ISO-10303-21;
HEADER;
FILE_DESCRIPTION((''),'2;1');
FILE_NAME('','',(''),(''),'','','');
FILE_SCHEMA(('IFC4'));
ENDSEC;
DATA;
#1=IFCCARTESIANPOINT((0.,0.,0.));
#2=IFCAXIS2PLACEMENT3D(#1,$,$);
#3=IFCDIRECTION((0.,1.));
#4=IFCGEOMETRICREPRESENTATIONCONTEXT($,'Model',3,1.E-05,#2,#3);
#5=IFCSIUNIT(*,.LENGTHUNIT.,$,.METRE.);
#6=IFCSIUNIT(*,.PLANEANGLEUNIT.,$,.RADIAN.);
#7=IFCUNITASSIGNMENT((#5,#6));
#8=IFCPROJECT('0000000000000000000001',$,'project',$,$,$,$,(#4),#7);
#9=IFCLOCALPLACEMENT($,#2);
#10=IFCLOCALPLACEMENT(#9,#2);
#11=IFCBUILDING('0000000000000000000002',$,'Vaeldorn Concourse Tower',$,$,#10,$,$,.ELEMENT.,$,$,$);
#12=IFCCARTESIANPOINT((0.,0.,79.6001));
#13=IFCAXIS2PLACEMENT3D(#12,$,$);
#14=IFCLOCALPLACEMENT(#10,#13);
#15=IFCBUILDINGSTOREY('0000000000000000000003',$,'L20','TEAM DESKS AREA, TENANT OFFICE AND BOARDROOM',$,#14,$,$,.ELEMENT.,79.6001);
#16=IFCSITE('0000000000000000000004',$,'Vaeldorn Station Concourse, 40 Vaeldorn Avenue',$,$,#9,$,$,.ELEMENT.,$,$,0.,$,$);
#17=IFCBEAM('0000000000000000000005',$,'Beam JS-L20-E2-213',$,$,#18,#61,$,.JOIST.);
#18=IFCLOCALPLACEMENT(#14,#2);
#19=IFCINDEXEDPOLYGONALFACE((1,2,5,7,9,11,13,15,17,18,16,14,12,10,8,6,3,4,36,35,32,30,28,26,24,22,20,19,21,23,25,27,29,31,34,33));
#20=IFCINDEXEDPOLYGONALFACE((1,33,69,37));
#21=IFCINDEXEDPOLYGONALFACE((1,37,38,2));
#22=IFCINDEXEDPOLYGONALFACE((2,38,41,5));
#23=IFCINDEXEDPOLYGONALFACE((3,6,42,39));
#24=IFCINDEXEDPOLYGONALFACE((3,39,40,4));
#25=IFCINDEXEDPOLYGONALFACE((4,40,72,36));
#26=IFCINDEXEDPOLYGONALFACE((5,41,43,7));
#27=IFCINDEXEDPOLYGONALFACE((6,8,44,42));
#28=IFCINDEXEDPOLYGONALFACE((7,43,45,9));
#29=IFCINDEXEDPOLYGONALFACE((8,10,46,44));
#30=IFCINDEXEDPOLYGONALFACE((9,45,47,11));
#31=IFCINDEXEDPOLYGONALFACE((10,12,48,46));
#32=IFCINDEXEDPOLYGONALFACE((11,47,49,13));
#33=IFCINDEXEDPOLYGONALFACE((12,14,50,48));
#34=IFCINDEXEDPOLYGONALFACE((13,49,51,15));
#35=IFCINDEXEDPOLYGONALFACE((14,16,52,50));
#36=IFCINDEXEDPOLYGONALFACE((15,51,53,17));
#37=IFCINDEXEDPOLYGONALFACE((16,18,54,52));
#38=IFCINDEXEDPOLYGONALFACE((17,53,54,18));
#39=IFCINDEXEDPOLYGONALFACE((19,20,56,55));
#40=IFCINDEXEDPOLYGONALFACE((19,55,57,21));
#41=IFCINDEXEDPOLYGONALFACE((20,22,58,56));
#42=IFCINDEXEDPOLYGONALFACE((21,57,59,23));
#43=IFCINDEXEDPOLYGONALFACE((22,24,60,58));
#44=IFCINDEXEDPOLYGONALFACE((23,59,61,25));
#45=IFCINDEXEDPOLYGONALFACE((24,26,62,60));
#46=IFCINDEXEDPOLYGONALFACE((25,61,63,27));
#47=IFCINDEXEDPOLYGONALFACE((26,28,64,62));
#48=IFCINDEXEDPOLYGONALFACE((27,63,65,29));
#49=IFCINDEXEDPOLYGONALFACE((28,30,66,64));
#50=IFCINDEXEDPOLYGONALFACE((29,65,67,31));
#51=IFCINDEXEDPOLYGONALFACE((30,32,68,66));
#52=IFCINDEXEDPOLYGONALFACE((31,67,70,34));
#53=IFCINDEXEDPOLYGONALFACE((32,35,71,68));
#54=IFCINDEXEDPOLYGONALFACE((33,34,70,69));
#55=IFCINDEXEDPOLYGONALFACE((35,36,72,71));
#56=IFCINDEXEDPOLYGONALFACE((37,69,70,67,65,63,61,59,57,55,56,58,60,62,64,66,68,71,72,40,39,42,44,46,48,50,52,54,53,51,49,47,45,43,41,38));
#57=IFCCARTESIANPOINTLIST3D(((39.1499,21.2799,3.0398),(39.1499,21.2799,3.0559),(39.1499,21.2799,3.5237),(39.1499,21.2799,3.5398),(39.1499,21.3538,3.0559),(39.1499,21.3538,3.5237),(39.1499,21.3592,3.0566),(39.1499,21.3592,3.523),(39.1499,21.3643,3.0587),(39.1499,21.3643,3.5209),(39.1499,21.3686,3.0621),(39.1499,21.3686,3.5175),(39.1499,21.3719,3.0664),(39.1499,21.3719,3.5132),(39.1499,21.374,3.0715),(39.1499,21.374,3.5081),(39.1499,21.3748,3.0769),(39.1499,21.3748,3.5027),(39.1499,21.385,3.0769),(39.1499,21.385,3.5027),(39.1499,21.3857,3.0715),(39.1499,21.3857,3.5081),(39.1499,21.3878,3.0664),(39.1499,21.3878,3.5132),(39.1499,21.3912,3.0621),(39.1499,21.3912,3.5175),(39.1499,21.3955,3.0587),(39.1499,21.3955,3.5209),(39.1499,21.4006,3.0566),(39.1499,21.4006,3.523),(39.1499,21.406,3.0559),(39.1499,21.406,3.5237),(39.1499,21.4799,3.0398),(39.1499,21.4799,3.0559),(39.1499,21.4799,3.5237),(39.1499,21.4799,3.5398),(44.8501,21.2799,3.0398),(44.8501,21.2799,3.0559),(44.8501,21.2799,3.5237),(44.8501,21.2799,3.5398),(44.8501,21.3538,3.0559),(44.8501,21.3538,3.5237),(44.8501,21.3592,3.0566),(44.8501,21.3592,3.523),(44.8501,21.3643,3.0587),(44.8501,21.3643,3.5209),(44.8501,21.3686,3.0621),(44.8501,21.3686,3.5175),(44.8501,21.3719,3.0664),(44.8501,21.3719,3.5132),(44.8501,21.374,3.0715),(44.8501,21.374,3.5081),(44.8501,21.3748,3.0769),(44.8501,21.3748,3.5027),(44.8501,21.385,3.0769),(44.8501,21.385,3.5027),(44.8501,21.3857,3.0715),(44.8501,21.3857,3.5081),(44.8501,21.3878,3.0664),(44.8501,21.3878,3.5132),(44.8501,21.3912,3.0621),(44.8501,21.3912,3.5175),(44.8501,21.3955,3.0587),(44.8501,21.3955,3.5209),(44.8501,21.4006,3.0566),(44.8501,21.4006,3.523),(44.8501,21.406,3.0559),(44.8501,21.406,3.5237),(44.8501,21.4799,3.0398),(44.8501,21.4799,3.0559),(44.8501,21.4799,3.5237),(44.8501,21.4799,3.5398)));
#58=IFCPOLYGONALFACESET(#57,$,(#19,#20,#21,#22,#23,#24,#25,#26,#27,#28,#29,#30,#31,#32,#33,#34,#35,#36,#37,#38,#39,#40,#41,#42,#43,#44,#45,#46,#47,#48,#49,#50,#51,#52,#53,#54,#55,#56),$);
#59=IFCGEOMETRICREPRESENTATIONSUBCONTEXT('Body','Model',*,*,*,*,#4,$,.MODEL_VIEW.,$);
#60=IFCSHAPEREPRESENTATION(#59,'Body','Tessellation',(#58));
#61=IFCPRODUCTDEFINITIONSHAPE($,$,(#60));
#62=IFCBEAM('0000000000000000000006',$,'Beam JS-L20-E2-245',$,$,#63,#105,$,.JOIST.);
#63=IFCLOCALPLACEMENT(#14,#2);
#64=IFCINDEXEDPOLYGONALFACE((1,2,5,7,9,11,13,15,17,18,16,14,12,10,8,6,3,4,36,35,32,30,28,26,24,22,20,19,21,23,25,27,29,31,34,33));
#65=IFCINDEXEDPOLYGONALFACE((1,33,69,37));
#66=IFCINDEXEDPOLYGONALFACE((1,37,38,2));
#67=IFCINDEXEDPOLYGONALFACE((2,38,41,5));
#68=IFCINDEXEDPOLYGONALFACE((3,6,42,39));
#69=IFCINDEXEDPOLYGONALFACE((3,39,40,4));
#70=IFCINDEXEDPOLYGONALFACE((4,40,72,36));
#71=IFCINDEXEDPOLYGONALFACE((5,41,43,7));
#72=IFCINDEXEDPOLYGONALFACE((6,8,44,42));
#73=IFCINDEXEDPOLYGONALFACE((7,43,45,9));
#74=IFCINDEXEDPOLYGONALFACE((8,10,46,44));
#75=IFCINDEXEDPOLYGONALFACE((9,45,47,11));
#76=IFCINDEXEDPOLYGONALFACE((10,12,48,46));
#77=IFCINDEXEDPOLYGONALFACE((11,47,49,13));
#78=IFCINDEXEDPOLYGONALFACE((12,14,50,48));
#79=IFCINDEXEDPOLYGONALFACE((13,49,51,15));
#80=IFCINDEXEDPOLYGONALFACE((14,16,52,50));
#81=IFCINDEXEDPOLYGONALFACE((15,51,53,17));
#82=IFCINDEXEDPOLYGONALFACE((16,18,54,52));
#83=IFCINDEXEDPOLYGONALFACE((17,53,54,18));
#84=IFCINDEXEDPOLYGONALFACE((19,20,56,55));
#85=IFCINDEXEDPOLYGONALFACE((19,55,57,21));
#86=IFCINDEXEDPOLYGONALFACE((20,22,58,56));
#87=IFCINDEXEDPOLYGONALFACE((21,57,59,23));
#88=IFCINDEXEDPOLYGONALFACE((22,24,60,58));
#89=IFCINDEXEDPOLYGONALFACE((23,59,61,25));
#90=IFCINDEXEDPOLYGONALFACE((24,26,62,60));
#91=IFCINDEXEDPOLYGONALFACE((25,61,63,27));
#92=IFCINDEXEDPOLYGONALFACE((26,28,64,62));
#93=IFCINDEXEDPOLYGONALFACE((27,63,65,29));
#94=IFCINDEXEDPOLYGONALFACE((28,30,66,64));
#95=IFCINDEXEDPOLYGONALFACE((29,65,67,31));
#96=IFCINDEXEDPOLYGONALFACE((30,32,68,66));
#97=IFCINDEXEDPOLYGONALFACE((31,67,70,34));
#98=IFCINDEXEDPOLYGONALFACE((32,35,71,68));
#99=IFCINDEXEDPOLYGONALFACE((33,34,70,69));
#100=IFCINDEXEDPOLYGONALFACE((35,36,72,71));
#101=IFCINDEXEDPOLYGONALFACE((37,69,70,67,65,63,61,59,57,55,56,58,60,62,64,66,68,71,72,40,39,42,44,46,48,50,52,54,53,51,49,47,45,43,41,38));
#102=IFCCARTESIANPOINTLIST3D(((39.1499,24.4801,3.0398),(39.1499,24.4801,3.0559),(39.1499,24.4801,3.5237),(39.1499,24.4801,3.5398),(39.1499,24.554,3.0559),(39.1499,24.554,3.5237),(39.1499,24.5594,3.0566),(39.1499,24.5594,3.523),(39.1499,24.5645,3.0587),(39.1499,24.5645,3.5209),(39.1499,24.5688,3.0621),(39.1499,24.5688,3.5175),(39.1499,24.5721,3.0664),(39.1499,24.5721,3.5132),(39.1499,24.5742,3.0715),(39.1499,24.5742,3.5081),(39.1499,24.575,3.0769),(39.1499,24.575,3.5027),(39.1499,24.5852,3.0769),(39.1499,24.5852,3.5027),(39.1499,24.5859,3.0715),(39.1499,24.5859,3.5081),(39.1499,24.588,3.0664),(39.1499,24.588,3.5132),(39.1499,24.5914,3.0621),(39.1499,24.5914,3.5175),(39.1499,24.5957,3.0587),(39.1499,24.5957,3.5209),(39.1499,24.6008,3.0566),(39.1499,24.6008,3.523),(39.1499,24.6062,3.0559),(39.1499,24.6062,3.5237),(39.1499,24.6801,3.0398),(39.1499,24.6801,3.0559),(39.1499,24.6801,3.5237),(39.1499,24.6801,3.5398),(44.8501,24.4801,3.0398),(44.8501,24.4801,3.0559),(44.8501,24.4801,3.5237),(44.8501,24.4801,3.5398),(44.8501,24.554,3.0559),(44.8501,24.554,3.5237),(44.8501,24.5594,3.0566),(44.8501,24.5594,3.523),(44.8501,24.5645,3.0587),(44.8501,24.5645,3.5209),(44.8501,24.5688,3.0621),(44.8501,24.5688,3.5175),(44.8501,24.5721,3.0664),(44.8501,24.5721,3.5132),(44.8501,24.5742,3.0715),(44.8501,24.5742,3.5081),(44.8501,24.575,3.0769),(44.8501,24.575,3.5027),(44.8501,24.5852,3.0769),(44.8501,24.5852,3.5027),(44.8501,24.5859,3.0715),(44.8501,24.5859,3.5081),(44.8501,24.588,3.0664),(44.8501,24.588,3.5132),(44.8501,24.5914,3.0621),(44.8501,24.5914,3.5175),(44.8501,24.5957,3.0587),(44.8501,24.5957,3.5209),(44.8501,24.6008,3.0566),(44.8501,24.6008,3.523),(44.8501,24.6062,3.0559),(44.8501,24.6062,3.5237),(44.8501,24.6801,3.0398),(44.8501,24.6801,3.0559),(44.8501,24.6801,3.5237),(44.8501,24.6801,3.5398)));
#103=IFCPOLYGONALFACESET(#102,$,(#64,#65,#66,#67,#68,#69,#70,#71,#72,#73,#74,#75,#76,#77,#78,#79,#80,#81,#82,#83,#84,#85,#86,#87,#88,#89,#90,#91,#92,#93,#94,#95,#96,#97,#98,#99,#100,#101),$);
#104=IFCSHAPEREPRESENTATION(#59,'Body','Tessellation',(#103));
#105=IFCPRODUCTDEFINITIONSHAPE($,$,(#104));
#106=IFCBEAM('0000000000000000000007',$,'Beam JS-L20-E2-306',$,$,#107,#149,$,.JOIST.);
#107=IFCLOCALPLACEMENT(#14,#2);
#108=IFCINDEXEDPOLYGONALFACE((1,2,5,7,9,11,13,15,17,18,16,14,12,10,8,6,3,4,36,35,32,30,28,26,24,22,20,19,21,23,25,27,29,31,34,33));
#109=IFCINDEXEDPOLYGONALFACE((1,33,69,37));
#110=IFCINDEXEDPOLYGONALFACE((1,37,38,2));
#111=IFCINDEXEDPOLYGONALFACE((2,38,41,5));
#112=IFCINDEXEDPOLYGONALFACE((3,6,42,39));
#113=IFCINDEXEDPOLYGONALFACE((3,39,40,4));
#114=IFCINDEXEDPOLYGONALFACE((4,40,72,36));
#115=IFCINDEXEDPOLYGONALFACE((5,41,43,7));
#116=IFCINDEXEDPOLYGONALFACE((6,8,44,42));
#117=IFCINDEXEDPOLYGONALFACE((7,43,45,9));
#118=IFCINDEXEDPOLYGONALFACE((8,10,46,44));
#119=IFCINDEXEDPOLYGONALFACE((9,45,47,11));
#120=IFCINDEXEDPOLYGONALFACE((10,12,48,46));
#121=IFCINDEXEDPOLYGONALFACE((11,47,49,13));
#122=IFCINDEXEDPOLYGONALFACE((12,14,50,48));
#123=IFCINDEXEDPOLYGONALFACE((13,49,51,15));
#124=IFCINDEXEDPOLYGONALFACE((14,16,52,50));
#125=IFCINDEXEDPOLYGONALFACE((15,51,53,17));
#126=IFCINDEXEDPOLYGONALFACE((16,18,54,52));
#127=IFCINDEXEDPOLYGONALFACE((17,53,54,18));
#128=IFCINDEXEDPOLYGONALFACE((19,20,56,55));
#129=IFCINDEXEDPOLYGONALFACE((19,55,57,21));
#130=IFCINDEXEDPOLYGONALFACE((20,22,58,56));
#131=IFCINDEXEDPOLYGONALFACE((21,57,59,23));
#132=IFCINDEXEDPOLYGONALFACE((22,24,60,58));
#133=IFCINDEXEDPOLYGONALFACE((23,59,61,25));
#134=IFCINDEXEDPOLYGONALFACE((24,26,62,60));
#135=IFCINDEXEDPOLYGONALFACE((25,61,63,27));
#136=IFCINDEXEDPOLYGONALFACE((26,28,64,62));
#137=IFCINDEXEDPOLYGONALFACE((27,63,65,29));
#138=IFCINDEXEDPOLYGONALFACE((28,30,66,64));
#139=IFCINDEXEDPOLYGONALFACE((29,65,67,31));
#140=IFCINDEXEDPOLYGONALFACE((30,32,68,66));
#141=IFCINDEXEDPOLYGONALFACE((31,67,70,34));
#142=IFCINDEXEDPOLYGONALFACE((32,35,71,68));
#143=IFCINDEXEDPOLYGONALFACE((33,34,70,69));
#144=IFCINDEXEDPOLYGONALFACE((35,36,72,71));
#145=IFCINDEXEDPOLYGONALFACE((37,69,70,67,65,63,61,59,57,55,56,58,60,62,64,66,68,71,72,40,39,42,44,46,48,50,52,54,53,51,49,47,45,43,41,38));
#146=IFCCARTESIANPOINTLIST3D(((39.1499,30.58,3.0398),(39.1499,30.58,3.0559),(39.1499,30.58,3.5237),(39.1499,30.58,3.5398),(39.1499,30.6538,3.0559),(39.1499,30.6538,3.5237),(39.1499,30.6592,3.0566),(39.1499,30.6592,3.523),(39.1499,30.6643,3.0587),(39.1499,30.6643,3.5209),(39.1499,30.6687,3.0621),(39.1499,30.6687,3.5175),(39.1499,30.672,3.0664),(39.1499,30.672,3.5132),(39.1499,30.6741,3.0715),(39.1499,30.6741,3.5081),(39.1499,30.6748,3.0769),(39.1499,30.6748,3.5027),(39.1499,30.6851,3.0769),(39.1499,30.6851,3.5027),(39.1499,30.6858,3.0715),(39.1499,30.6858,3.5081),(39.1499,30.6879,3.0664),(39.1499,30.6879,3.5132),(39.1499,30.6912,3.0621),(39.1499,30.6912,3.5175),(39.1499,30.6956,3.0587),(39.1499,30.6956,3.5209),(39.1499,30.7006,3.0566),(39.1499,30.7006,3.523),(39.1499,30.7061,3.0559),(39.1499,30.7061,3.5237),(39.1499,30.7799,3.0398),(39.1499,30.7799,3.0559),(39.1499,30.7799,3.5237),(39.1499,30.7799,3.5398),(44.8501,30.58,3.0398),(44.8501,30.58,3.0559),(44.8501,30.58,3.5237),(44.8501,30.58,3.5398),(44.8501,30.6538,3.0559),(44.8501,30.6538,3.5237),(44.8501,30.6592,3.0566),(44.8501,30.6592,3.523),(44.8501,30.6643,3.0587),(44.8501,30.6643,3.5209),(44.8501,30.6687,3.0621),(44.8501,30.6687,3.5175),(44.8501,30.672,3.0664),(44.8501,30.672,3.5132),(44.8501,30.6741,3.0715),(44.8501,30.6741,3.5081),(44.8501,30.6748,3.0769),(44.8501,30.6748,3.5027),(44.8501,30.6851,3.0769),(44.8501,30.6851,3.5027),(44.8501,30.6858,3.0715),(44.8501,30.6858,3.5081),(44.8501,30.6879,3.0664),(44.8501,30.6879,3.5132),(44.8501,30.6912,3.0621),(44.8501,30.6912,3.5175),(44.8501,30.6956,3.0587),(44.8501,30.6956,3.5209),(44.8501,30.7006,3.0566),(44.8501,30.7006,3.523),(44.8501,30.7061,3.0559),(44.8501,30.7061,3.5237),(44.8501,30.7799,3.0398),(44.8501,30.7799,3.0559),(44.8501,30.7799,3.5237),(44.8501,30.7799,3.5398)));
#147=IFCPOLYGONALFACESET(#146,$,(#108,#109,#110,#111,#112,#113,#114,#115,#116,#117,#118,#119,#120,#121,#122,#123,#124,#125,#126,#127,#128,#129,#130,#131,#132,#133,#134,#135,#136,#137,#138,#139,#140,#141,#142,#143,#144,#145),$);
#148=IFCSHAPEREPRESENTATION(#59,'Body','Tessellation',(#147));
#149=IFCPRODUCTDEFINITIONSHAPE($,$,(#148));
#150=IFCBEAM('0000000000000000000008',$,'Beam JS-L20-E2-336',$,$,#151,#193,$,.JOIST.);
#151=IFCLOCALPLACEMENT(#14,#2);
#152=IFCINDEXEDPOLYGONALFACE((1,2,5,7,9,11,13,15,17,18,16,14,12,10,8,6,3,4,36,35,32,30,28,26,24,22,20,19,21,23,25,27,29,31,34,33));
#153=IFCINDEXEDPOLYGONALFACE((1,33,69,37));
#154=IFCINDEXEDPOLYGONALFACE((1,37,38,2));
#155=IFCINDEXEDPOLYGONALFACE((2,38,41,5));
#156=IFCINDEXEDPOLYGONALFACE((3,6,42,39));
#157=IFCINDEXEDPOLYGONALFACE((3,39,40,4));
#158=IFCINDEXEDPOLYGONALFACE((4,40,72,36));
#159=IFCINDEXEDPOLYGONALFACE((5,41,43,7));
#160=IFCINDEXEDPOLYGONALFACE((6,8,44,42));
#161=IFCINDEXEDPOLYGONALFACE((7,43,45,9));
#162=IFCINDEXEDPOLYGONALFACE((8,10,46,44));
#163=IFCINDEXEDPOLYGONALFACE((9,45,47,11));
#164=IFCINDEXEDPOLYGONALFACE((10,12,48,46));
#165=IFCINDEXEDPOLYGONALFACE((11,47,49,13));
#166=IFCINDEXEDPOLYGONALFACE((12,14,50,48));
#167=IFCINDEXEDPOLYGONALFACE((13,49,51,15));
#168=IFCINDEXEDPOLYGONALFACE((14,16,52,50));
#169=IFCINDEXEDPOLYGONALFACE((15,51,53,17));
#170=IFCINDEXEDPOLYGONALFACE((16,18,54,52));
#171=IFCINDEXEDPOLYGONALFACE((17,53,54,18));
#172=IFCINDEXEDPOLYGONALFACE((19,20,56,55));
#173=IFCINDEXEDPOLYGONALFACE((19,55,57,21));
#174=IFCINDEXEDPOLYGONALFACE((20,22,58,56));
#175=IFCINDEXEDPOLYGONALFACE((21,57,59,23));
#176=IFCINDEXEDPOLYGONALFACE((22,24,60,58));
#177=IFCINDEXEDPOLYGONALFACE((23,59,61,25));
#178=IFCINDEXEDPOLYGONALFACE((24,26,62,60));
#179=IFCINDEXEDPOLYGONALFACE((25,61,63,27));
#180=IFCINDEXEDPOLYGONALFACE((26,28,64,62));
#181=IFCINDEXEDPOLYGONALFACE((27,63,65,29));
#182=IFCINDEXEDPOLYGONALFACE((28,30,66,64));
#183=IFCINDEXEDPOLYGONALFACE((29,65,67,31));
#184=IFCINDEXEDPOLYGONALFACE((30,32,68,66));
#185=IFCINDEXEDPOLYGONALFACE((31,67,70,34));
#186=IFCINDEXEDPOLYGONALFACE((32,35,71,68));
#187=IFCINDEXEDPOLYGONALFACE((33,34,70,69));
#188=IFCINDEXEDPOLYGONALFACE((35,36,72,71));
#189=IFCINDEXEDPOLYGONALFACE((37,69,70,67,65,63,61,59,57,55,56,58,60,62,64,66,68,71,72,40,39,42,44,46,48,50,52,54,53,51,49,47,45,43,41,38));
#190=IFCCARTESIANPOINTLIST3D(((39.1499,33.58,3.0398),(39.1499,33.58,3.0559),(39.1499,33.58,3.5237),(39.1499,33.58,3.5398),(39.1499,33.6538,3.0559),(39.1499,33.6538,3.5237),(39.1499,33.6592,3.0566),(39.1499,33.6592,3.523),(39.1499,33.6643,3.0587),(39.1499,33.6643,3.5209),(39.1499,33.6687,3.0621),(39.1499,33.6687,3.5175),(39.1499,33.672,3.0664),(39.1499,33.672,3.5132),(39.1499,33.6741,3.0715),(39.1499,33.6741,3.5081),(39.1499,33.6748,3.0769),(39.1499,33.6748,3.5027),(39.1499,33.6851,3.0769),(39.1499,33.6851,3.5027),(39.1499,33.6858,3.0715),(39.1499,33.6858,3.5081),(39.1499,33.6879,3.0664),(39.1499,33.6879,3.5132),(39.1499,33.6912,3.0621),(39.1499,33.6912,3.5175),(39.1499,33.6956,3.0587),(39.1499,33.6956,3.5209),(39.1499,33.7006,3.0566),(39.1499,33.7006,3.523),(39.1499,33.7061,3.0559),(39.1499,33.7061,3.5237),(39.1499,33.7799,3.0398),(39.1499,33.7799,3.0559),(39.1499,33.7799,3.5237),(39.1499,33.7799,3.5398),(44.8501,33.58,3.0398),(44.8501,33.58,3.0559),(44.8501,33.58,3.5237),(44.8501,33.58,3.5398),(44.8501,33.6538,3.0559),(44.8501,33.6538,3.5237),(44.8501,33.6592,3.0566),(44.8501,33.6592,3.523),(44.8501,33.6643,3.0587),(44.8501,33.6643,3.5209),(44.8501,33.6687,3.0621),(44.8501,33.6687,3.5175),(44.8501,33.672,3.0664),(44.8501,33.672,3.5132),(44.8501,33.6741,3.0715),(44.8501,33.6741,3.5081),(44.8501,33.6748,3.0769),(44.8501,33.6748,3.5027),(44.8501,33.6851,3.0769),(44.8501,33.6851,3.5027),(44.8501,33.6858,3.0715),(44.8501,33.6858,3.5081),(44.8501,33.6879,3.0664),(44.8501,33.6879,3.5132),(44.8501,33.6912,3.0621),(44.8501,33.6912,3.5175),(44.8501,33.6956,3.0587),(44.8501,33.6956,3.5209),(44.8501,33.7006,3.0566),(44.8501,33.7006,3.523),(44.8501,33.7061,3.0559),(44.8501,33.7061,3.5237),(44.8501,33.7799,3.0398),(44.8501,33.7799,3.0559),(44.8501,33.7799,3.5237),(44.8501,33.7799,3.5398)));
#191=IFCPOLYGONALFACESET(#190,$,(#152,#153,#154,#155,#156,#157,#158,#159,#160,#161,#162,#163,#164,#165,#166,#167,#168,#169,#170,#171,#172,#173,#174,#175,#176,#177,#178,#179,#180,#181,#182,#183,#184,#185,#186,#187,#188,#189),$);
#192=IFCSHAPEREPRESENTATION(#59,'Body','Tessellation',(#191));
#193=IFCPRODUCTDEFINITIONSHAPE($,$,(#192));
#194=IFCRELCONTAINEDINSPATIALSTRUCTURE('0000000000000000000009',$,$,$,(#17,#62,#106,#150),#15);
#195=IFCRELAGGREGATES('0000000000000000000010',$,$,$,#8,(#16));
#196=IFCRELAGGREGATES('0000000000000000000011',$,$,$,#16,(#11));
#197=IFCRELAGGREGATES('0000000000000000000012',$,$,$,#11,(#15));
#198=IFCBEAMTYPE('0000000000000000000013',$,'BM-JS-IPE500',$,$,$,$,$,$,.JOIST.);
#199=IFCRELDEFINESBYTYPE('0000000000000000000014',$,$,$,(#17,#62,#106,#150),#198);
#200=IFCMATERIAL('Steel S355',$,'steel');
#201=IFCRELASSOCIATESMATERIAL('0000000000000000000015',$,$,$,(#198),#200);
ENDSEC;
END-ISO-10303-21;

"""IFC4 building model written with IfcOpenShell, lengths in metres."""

from ifc_helpers import new_model, si_unit, direction, frame, origin, origin_2d, place, context, subcontext, project, spatial, i_section, extrude, source, transform, mapped, material, material_profile, profile_set, type_object, element, save


model = new_model("IFC4")

# Units and contexts
model_context = context("Model", 3, precision=1e-05, world=origin(), true_north=direction((0.0, 1.0)))
body_context = subcontext(model_context, "Body", "Model", "MODEL_VIEW")
ifc_project = project(units=[si_unit("LENGTHUNIT", "METRE"), si_unit("PLANEANGLEUNIT", "RADIAN")], contexts=[model_context])

# Site, building, storey
site_placement = place(None, origin())
site = spatial("IfcSite", under=ifc_project, at=site_placement, Name="Vaeldorn Station Concourse, 40 Vaeldorn Avenue", CompositionType="ELEMENT", RefElevation=0.0)
building_placement = place(site_placement, origin())
building = spatial("IfcBuilding", under=site, at=building_placement, Name="Vaeldorn Concourse Tower", CompositionType="ELEMENT")
storey_placement = place(building_placement, frame((0.0, 0.0, 79.6001)))
storey = spatial("IfcBuildingStorey", under=building, at=storey_placement, Name="L20", Description="TEAM DESKS AREA, TENANT OFFICE AND BOARDROOM", CompositionType="ELEMENT", Elevation=79.6001)

# Beams
ifc_material_1 = material(Name="Steel S355", Category="steel")
ifc_material_profile_1 = material_profile(ifc_material_1, i_section(OverallWidth=0.2, OverallDepth=0.5, WebThickness=0.0103, FlangeThickness=0.0161, FilletRadius=0.021, at=origin_2d()), Name="IPE 500")
ifc_profile_set_1 = profile_set([ifc_material_profile_1], Name="Steel S355")
beam_type_1 = type_object("IfcBeamType", Name="BM-JS-IPE500", PredefinedType="JOIST", material=ifc_profile_set_1)
shared_shape_1 = source(origin(), body_context, "Body", "SweptSolid", [
    extrude(i_section(OverallWidth=0.2, OverallDepth=0.5, WebThickness=0.0103, FlangeThickness=0.0161, FilletRadius=0.021, at=origin_2d()), origin(), (0.0, 0.0, 1.0), 5.7002),
])
for number, where, z_axis, x_axis, name in (
    (1, (39.1499, 21.3799, 3.2898), (1.0, 0.0, 0.0), (0.0, 1.0, 0.0), "Beam JS-L20-E2-213"),
    (2, (39.1499, 24.5801, 3.2898), (1.0, 0.0, 0.0), (0.0, 1.0, 0.0), "Beam JS-L20-E2-245"),
    (3, (39.1499, 30.6799, 3.2898), (1.0, 0.0, 0.0), (0.0, 1.0, 0.0), "Beam JS-L20-E2-306"),
    (4, (39.1499, 33.6799, 3.2898), (1.0, 0.0, 0.0), (0.0, 1.0, 0.0), "Beam JS-L20-E2-336"),
):
    element("IfcBeam", number, at=place(storey_placement, frame(where, z_axis=z_axis, x_axis=x_axis)), inside=storey, type_object=beam_type_1, Name=name, PredefinedType="JOIST", context=body_context, shape_type="MappedRepresentation", body=[
        mapped(shared_shape_1, transform((0.0, 0.0, 0.0), scale=1.0)),
    ])

save(model, "model.ifc")
